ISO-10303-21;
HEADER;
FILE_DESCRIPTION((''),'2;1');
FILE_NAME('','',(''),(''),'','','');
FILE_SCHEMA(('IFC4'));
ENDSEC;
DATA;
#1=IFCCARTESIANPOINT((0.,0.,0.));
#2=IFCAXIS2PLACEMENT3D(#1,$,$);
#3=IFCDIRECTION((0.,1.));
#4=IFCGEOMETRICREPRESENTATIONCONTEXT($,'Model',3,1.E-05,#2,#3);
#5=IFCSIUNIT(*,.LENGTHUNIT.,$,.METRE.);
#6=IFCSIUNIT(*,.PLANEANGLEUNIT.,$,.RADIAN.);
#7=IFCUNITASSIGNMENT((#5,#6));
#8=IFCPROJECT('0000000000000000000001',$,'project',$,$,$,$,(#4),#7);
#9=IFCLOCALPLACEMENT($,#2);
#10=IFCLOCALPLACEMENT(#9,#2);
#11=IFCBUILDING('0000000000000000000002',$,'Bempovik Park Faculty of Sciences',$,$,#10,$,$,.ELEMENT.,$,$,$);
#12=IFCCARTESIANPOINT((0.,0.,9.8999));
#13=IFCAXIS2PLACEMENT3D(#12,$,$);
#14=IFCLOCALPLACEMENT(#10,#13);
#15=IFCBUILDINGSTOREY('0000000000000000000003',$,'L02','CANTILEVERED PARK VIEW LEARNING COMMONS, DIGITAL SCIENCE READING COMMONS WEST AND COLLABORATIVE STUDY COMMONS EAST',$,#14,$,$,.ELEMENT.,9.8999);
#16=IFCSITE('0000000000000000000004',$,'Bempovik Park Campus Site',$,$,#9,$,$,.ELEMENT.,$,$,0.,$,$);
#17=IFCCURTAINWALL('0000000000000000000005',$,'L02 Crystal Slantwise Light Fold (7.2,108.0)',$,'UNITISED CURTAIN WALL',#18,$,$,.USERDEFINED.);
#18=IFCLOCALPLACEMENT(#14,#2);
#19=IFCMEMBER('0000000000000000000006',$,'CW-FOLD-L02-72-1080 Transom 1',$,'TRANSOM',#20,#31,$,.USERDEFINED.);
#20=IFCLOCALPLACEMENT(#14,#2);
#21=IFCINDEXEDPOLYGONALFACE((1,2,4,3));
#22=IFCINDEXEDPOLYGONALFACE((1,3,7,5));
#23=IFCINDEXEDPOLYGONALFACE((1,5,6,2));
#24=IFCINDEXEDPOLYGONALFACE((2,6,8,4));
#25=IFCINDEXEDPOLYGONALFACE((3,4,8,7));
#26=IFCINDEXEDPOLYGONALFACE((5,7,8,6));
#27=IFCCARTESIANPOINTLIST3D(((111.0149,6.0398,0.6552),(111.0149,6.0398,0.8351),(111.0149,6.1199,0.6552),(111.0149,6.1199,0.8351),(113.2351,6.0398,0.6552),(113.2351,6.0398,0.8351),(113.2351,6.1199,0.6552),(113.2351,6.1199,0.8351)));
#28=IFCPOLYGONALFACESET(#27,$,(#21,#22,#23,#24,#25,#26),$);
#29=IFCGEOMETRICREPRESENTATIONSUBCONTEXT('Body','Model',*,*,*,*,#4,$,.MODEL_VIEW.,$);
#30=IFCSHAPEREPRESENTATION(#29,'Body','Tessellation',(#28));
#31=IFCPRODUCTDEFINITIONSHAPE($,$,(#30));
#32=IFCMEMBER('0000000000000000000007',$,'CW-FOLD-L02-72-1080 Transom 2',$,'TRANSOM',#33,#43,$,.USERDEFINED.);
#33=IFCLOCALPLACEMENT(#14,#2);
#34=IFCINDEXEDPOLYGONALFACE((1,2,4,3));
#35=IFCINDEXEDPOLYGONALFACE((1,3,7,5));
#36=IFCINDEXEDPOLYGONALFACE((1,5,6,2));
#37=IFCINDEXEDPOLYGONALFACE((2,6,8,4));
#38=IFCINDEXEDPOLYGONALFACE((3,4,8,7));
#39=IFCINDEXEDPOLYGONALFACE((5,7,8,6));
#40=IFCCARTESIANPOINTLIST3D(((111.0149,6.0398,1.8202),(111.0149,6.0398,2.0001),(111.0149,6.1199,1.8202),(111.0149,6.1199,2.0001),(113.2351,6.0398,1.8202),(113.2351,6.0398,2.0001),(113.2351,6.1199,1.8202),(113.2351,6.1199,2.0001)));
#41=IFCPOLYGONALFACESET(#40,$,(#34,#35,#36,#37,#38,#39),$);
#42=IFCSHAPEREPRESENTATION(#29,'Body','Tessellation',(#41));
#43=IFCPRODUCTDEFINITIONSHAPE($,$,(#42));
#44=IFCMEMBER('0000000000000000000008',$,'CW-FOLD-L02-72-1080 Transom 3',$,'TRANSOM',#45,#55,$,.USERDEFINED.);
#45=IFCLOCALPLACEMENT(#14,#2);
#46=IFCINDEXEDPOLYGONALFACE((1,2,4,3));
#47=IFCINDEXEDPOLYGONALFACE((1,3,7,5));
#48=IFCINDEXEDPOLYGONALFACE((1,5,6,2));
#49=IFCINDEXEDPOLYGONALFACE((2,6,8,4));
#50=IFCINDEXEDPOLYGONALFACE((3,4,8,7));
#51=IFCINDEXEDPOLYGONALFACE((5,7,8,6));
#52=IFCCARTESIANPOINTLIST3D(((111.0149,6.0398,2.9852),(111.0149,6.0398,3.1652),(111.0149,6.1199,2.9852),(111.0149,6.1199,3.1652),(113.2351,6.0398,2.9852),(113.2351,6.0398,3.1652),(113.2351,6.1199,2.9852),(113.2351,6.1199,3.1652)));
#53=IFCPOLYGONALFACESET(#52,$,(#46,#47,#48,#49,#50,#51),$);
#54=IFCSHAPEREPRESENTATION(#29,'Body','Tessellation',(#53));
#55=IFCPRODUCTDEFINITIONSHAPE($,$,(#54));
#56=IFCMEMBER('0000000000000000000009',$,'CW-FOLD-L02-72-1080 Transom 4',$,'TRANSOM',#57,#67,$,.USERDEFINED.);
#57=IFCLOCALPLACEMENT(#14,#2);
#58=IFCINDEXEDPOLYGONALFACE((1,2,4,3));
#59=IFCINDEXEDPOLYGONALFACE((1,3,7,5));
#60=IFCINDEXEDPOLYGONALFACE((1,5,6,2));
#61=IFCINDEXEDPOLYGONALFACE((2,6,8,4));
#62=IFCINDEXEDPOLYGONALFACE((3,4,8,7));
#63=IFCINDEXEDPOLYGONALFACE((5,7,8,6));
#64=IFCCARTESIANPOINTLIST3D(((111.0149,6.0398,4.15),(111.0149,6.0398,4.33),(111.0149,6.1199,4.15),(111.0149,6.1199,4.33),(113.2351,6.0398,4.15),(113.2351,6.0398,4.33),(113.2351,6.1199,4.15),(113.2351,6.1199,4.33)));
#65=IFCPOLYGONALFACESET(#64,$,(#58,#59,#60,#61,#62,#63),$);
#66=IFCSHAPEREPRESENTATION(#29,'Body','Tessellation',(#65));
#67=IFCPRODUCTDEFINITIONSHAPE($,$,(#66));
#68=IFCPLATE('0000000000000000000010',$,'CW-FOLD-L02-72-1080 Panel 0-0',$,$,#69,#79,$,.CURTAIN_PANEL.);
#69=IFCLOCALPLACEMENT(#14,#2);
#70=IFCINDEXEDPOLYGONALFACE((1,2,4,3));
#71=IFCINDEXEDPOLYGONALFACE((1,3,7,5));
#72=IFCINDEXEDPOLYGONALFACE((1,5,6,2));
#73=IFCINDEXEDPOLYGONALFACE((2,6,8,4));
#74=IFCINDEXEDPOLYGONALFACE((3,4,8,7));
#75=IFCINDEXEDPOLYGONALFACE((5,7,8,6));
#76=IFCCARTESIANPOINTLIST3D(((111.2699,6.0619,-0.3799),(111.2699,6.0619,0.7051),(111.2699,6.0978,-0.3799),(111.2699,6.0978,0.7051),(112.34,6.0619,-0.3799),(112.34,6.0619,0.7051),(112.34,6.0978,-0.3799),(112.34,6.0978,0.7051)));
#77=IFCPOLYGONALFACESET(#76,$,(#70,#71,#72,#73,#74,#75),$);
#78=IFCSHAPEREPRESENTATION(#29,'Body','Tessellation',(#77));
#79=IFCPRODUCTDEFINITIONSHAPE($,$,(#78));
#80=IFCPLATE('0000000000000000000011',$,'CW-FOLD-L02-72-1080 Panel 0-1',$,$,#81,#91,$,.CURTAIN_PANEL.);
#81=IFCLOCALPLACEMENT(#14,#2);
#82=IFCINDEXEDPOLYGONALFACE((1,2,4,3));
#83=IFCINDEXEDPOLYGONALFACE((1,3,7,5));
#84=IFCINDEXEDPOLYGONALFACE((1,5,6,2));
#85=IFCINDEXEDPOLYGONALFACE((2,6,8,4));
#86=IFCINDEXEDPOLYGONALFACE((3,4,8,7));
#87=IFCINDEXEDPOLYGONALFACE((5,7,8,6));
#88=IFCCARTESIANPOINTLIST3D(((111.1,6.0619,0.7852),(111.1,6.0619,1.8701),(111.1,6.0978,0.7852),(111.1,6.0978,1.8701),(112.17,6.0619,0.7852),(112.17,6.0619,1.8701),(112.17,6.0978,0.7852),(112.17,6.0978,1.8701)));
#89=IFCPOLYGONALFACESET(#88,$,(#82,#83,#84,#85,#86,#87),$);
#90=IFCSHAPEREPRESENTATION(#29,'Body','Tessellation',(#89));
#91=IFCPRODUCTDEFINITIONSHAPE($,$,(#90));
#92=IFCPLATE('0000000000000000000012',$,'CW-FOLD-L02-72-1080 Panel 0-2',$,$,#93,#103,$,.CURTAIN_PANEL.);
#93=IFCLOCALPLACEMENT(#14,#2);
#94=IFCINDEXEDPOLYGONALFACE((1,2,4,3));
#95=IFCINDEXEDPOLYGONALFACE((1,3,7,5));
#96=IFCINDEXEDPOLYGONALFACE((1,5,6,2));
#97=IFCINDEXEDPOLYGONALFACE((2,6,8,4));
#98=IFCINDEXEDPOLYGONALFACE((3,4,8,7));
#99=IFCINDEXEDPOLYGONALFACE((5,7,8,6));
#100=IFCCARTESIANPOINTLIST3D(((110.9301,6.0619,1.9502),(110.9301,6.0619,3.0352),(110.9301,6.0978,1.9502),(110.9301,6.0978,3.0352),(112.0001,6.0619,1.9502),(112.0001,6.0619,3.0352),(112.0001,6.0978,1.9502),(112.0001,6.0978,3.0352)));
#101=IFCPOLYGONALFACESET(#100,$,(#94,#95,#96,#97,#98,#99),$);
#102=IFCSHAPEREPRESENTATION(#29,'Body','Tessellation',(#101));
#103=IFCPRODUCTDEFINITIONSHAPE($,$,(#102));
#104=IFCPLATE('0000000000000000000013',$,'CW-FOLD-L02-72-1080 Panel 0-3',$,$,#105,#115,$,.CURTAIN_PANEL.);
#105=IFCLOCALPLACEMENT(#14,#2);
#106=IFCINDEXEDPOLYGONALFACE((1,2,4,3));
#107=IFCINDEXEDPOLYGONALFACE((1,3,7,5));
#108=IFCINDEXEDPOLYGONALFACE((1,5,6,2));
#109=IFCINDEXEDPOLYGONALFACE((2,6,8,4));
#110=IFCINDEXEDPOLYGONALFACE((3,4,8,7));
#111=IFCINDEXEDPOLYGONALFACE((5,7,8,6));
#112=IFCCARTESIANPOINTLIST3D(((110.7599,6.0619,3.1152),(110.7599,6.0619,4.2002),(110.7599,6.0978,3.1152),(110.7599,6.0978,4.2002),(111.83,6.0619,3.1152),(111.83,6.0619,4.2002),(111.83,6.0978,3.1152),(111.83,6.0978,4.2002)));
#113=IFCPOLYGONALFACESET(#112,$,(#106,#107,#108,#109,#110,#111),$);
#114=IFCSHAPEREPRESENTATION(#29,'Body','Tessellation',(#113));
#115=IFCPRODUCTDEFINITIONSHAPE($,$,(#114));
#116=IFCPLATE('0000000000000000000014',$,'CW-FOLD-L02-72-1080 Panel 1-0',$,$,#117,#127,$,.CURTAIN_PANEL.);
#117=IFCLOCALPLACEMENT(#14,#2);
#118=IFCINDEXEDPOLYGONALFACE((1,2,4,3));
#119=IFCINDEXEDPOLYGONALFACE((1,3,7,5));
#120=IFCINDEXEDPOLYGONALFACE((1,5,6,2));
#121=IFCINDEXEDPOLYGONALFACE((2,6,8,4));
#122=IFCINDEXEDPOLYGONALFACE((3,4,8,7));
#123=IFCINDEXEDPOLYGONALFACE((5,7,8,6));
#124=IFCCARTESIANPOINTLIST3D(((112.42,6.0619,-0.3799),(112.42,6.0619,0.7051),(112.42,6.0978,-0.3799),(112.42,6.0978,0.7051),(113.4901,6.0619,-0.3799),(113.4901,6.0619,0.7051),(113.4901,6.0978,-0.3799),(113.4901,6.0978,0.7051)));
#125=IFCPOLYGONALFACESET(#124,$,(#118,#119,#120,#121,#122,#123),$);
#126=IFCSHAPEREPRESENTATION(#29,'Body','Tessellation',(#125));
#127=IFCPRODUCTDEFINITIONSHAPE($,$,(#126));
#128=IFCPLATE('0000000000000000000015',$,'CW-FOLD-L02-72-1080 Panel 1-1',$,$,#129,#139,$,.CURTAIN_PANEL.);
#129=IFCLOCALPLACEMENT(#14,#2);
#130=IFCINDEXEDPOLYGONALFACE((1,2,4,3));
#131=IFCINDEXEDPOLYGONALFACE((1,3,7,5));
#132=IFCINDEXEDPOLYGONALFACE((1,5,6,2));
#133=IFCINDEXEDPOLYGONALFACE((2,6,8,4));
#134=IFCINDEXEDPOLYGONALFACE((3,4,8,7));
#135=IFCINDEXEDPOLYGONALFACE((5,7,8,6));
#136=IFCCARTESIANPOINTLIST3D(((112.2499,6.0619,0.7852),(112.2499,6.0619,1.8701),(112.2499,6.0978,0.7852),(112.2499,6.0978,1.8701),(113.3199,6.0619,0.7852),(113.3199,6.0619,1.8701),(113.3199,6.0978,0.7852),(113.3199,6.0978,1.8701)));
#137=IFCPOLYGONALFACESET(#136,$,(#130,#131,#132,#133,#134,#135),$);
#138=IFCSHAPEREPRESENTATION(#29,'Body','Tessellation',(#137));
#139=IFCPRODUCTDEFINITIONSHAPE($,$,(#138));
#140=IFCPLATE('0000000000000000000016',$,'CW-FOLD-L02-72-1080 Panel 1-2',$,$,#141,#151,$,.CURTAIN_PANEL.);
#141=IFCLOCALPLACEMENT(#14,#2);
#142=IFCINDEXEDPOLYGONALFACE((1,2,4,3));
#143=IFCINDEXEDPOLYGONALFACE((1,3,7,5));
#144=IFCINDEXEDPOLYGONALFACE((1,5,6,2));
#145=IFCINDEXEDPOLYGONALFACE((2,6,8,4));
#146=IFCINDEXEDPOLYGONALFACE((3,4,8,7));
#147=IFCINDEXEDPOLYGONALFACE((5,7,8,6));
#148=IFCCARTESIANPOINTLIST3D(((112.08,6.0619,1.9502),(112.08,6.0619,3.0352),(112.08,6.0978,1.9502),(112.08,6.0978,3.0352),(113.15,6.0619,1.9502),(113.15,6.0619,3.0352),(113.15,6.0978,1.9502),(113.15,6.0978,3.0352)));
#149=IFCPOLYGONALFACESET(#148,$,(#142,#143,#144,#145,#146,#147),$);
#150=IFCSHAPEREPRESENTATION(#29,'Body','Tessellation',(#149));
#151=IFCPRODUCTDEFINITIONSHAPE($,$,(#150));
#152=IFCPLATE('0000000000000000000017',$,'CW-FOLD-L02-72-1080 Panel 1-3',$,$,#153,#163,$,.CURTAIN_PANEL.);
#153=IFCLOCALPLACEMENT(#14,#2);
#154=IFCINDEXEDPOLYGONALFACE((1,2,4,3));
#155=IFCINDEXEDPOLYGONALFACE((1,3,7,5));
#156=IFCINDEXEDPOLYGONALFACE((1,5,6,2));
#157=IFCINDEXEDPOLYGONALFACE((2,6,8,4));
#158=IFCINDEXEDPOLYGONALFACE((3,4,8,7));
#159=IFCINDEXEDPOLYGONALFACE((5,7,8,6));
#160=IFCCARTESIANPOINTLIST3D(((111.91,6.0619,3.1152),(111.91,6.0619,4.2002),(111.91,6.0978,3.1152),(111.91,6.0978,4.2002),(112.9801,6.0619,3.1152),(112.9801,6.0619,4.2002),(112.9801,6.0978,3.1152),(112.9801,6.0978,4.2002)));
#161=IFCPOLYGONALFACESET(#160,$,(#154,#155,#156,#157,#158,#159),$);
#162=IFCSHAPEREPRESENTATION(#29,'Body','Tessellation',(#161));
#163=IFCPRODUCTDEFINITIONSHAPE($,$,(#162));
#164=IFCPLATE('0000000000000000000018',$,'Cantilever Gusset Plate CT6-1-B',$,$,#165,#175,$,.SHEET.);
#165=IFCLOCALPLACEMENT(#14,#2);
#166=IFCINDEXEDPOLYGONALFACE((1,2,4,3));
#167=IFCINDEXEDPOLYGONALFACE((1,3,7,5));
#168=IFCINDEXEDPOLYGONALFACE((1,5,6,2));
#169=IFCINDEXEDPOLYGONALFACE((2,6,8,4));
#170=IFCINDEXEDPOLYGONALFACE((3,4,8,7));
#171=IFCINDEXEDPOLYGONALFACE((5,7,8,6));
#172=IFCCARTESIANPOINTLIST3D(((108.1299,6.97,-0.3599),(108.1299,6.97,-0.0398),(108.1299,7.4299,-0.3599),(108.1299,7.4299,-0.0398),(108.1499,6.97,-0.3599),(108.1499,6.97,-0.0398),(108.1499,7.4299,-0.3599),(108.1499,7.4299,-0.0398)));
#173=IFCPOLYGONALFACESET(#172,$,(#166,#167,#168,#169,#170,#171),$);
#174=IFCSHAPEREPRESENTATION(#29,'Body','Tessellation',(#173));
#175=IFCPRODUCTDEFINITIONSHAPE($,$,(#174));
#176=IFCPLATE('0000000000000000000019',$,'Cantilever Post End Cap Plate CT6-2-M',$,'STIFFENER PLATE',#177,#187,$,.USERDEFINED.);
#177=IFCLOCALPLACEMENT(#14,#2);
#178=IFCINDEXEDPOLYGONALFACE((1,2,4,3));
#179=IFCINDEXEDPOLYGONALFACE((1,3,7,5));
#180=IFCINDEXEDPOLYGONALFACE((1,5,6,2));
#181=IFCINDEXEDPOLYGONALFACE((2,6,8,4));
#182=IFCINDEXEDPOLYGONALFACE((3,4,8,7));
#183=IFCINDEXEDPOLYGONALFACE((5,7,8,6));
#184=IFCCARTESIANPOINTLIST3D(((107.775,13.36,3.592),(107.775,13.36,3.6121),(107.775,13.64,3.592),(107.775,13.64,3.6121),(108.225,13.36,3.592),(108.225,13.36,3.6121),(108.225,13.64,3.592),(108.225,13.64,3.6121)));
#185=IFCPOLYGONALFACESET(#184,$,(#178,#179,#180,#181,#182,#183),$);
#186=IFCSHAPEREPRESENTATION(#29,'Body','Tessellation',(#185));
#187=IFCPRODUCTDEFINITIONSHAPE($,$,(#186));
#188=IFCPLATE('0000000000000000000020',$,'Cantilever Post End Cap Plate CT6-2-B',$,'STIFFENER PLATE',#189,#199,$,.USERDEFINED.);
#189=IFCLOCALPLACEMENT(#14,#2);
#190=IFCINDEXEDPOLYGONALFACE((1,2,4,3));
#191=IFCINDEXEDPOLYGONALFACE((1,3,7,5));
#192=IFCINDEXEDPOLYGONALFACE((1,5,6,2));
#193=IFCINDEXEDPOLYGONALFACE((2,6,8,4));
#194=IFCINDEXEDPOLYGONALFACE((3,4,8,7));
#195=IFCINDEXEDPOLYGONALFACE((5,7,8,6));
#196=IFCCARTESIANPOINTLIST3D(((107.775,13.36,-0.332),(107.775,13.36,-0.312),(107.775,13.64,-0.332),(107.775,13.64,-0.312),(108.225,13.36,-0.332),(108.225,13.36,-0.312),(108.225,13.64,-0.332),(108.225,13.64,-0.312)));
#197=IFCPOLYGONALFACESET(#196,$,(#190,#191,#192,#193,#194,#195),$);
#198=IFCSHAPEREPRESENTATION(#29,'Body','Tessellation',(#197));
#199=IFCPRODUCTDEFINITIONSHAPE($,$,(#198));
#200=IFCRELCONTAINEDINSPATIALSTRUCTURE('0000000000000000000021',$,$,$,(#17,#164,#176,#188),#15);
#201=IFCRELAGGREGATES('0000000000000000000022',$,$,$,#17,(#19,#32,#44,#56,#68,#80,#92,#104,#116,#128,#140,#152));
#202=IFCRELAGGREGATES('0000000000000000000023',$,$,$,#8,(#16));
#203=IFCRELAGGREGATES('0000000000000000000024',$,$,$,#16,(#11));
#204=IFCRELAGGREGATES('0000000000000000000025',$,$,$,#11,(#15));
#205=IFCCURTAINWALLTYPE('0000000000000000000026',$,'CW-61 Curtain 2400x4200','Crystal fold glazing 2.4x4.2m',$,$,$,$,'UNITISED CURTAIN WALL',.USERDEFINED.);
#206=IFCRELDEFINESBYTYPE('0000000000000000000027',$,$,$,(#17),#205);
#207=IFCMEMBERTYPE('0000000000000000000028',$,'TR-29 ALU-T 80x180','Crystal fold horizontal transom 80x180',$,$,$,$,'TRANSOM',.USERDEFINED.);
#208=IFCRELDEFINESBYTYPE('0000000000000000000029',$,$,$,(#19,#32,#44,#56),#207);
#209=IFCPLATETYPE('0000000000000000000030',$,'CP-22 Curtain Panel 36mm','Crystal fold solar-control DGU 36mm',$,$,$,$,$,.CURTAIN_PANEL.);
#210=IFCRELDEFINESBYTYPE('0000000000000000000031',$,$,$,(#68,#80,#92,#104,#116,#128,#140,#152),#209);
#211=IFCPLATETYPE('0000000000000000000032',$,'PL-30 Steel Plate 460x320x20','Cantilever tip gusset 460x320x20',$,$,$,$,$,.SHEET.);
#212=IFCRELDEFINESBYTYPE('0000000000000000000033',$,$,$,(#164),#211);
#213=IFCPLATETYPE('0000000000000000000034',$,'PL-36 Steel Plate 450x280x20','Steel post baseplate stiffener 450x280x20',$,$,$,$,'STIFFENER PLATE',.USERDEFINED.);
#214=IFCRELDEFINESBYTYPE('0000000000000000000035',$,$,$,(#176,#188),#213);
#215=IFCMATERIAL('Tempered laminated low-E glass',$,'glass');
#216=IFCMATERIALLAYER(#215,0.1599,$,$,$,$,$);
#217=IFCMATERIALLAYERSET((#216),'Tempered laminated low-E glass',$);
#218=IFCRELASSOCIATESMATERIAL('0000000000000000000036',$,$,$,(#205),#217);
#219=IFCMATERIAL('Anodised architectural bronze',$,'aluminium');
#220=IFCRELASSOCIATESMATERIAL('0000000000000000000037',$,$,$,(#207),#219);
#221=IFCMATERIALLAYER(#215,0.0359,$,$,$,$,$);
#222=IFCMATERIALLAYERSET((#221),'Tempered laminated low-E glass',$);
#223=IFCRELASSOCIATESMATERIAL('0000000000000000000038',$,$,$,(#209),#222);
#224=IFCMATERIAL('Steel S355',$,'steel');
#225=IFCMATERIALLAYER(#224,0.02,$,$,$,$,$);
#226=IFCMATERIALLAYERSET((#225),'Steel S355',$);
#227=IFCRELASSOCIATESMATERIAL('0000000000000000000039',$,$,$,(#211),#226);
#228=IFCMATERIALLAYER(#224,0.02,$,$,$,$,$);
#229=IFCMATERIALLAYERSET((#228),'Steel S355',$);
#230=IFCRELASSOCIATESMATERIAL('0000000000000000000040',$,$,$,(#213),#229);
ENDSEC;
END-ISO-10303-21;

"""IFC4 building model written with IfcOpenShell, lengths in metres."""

from ifc_helpers import new_model, si_unit, direction, frame, origin, origin_2d, place, context, subcontext, project, spatial, rectangle, extrude, material, layer, layer_set, material_profile, profile_set, type_object, element, aggregate, save


model = new_model("IFC4")

# Units and contexts
model_context = context("Model", 3, precision=1e-05, world=origin(), true_north=direction((0.0, 1.0)))
body_context = subcontext(model_context, "Body", "Model", "MODEL_VIEW")
ifc_project = project(units=[si_unit("LENGTHUNIT", "METRE"), si_unit("PLANEANGLEUNIT", "RADIAN")], contexts=[model_context])

# Site, building, storey
site_placement = place(None, origin())
site = spatial("IfcSite", under=ifc_project, at=site_placement, Name="Bempovik Park Campus Site", CompositionType="ELEMENT", RefElevation=0.0)
building_placement = place(site_placement, origin())
building = spatial("IfcBuilding", under=site, at=building_placement, Name="Bempovik Park Faculty of Sciences", CompositionType="ELEMENT")
storey_placement = place(building_placement, frame((0.0, 0.0, 9.8999)))
storey = spatial("IfcBuildingStorey", under=building, at=storey_placement, Name="L02", Description="CANTILEVERED PARK VIEW LEARNING COMMONS, DIGITAL SCIENCE READING COMMONS WEST AND COLLABORATIVE STUDY COMMONS EAST", CompositionType="ELEMENT", Elevation=9.8999)

# Shared definitions
ifc_material_1 = material(Name="Steel S355", Category="steel")

# Curtain wall, members, plates
ifc_material_2 = material(Name="Tempered laminated low-E glass", Category="glass")
ifc_layer_1 = layer(ifc_material_2, 0.1599)
ifc_layer_set_1 = layer_set([ifc_layer_1], Name="Tempered laminated low-E glass")
curtain_wall_type = type_object("IfcCurtainWallType", Name="CW-61 Curtain 2400x4200", Description="Crystal fold glazing 2.4x4.2m", ElementType="UNITISED CURTAIN WALL", PredefinedType="USERDEFINED", material=ifc_layer_set_1)
curtain_wall_placement = place(storey_placement, origin())
curtain_wall = element("IfcCurtainWall", 1, at=curtain_wall_placement, inside=storey, type_object=curtain_wall_type, Name="L02 Crystal Slantwise Light Fold (7.2,108.0)", ObjectType="UNITISED CURTAIN WALL", PredefinedType="USERDEFINED")
ifc_material_3 = material(Name="Anodised architectural bronze", Category="aluminium")
ifc_material_profile_1 = material_profile(ifc_material_3, rectangle(XDim=0.0801, YDim=0.1799, at=origin_2d()), Name="ALU-T 80x180")
ifc_profile_set_1 = profile_set([ifc_material_profile_1], Name="Anodised architectural bronze")
member_type_1 = type_object("IfcMemberType", Name="TR-29 ALU-T 80x180", Description="Crystal fold horizontal transom 80x180", ElementType="TRANSOM", PredefinedType="USERDEFINED", material=ifc_profile_set_1)
member_1_placement = place(storey_placement, frame((111.0149, 6.0798, 0.7451), z_axis=(1.0, 0.0, 0.0), x_axis=(0.0, 1.0, 0.0)))
member_1 = element("IfcMember", 2, at=member_1_placement, type_object=member_type_1, Name="CW-FOLD-L02-72-1080 Transom 1", ObjectType="TRANSOM", PredefinedType="USERDEFINED", context=body_context, shape_type="SweptSolid", body=[
    extrude(rectangle(XDim=0.0801, YDim=0.1799, at=origin_2d()), origin(), (0.0, 0.0, 1.0), 2.2202),
])
member_2_placement = place(storey_placement, frame((111.0149, 6.0798, 1.9102), z_axis=(1.0, 0.0, 0.0), x_axis=(0.0, 1.0, 0.0)))
member_2 = element("IfcMember", 3, at=member_2_placement, type_object=member_type_1, Name="CW-FOLD-L02-72-1080 Transom 2", ObjectType="TRANSOM", PredefinedType="USERDEFINED", context=body_context, shape_type="SweptSolid", body=[
    extrude(rectangle(XDim=0.0801, YDim=0.1799, at=origin_2d()), origin(), (0.0, 0.0, 1.0), 2.2202),
])
member_3_placement = place(storey_placement, frame((111.0149, 6.0798, 3.0752), z_axis=(1.0, 0.0, 0.0), x_axis=(0.0, 1.0, 0.0)))
member_3 = element("IfcMember", 4, at=member_3_placement, type_object=member_type_1, Name="CW-FOLD-L02-72-1080 Transom 3", ObjectType="TRANSOM", PredefinedType="USERDEFINED", context=body_context, shape_type="SweptSolid", body=[
    extrude(rectangle(XDim=0.0801, YDim=0.1799, at=origin_2d()), origin(), (0.0, 0.0, 1.0), 2.2202),
])
member_4_placement = place(storey_placement, frame((111.0149, 6.0798, 4.24), z_axis=(1.0, 0.0, 0.0), x_axis=(0.0, 1.0, 0.0)))
member_4 = element("IfcMember", 5, at=member_4_placement, type_object=member_type_1, Name="CW-FOLD-L02-72-1080 Transom 4", ObjectType="TRANSOM", PredefinedType="USERDEFINED", context=body_context, shape_type="SweptSolid", body=[
    extrude(rectangle(XDim=0.0801, YDim=0.1799, at=origin_2d()), origin(), (0.0, 0.0, 1.0), 2.2202),
])
ifc_layer_2 = layer(ifc_material_2, 0.0359)
ifc_layer_set_2 = layer_set([ifc_layer_2], Name="Tempered laminated low-E glass")
plate_type_1 = type_object("IfcPlateType", Name="CP-22 Curtain Panel 36mm", Description="Crystal fold solar-control DGU 36mm", PredefinedType="CURTAIN_PANEL", material=ifc_layer_set_2)
plate_1_placement = place(storey_placement, frame((111.8049, 6.0798, -0.3799), z_axis=(0.0, 0.0, 1.0), x_axis=(1.0, 0.0, 0.0)))
plate_1 = element("IfcPlate", 6, at=plate_1_placement, type_object=plate_type_1, Name="CW-FOLD-L02-72-1080 Panel 0-0", PredefinedType="CURTAIN_PANEL", context=body_context, shape_type="SweptSolid", body=[
    extrude(rectangle(XDim=1.0701, YDim=0.0359, at=origin_2d()), origin(), (0.0, 0.0, 1.0), 1.085),
])
plate_2_placement = place(storey_placement, frame((111.635, 6.0798, 0.7852), z_axis=(0.0, 0.0, 1.0), x_axis=(1.0, 0.0, 0.0)))
plate_2 = element("IfcPlate", 7, at=plate_2_placement, type_object=plate_type_1, Name="CW-FOLD-L02-72-1080 Panel 0-1", PredefinedType="CURTAIN_PANEL", context=body_context, shape_type="SweptSolid", body=[
    extrude(rectangle(XDim=1.0701, YDim=0.0359, at=origin_2d()), origin(), (0.0, 0.0, 1.0), 1.085),
])
plate_3_placement = place(storey_placement, frame((111.4651, 6.0798, 1.9502), z_axis=(0.0, 0.0, 1.0), x_axis=(1.0, 0.0, 0.0)))
plate_3 = element("IfcPlate", 8, at=plate_3_placement, type_object=plate_type_1, Name="CW-FOLD-L02-72-1080 Panel 0-2", PredefinedType="CURTAIN_PANEL", context=body_context, shape_type="SweptSolid", body=[
    extrude(rectangle(XDim=1.0701, YDim=0.0359, at=origin_2d()), origin(), (0.0, 0.0, 1.0), 1.085),
])
plate_4_placement = place(storey_placement, frame((111.2949, 6.0798, 3.1152), z_axis=(0.0, 0.0, 1.0), x_axis=(1.0, 0.0, 0.0)))
plate_4 = element("IfcPlate", 9, at=plate_4_placement, type_object=plate_type_1, Name="CW-FOLD-L02-72-1080 Panel 0-3", PredefinedType="CURTAIN_PANEL", context=body_context, shape_type="SweptSolid", body=[
    extrude(rectangle(XDim=1.0701, YDim=0.0359, at=origin_2d()), origin(), (0.0, 0.0, 1.0), 1.085),
])
plate_5_placement = place(storey_placement, frame((112.9551, 6.0798, -0.3799), z_axis=(0.0, 0.0, 1.0), x_axis=(1.0, 0.0, 0.0)))
plate_5 = element("IfcPlate", 10, at=plate_5_placement, type_object=plate_type_1, Name="CW-FOLD-L02-72-1080 Panel 1-0", PredefinedType="CURTAIN_PANEL", context=body_context, shape_type="SweptSolid", body=[
    extrude(rectangle(XDim=1.0701, YDim=0.0359, at=origin_2d()), origin(), (0.0, 0.0, 1.0), 1.085),
])
plate_6_placement = place(storey_placement, frame((112.7849, 6.0798, 0.7852), z_axis=(0.0, 0.0, 1.0), x_axis=(1.0, 0.0, 0.0)))
plate_6 = element("IfcPlate", 11, at=plate_6_placement, type_object=plate_type_1, Name="CW-FOLD-L02-72-1080 Panel 1-1", PredefinedType="CURTAIN_PANEL", context=body_context, shape_type="SweptSolid", body=[
    extrude(rectangle(XDim=1.0701, YDim=0.0359, at=origin_2d()), origin(), (0.0, 0.0, 1.0), 1.085),
])
plate_7_placement = place(storey_placement, frame((112.615, 6.0798, 1.9502), z_axis=(0.0, 0.0, 1.0), x_axis=(1.0, 0.0, 0.0)))
plate_7 = element("IfcPlate", 12, at=plate_7_placement, type_object=plate_type_1, Name="CW-FOLD-L02-72-1080 Panel 1-2", PredefinedType="CURTAIN_PANEL", context=body_context, shape_type="SweptSolid", body=[
    extrude(rectangle(XDim=1.0701, YDim=0.0359, at=origin_2d()), origin(), (0.0, 0.0, 1.0), 1.085),
])
plate_8_placement = place(storey_placement, frame((112.4451, 6.0798, 3.1152), z_axis=(0.0, 0.0, 1.0), x_axis=(1.0, 0.0, 0.0)))
plate_8 = element("IfcPlate", 13, at=plate_8_placement, type_object=plate_type_1, Name="CW-FOLD-L02-72-1080 Panel 1-3", PredefinedType="CURTAIN_PANEL", context=body_context, shape_type="SweptSolid", body=[
    extrude(rectangle(XDim=1.0701, YDim=0.0359, at=origin_2d()), origin(), (0.0, 0.0, 1.0), 1.085),
])
aggregate(curtain_wall, [member_1, member_2, member_3, member_4, plate_1, plate_2, plate_3, plate_4, plate_5, plate_6, plate_7, plate_8])

# Plates
ifc_layer_3 = layer(ifc_material_1, 0.02)
ifc_layer_set_3 = layer_set([ifc_layer_3], Name="Steel S355")
plate_type_2 = type_object("IfcPlateType", Name="PL-30 Steel Plate 460x320x20", Description="Cantilever tip gusset 460x320x20", PredefinedType="SHEET", material=ifc_layer_set_3)
plate_9_placement = place(storey_placement, frame((108.1399, 7.2, -0.3599), z_axis=(0.0, 0.0, 1.0), x_axis=(1.0, 0.0, 0.0)))
element("IfcPlate", 14, at=plate_9_placement, inside=storey, type_object=plate_type_2, Name="Cantilever Gusset Plate CT6-1-B", PredefinedType="SHEET", context=body_context, shape_type="SweptSolid", body=[
    extrude(rectangle(XDim=0.02, YDim=0.46, at=origin_2d()), origin(), (0.0, 0.0, 1.0), 0.3201),
])
ifc_layer_4 = layer(ifc_material_1, 0.02)
ifc_layer_set_4 = layer_set([ifc_layer_4], Name="Steel S355")
plate_type_3 = type_object("IfcPlateType", Name="PL-36 Steel Plate 450x280x20", Description="Steel post baseplate stiffener 450x280x20", ElementType="STIFFENER PLATE", PredefinedType="USERDEFINED", material=ifc_layer_set_4)
for number, where, z_axis, x_axis, name in (
    (15, (108.0, 13.5, 3.592), (0.0, 0.0, 1.0), (1.0, 0.0, 0.0), "Cantilever Post End Cap Plate CT6-2-M"),
    (16, (108.0, 13.5, -0.332), (0.0, 0.0, 1.0), (1.0, 0.0, 0.0), "Cantilever Post End Cap Plate CT6-2-B"),
):
    element("IfcPlate", number, at=place(storey_placement, frame(where, z_axis=z_axis, x_axis=x_axis)), inside=storey, type_object=plate_type_3, Name=name, ObjectType="STIFFENER PLATE", PredefinedType="USERDEFINED", context=body_context, shape_type="SweptSolid", body=[
        extrude(rectangle(XDim=0.45, YDim=0.28, at=origin_2d()), origin(), (0.0, 0.0, 1.0), 0.02),
    ])

save(model, "model.ifc")
